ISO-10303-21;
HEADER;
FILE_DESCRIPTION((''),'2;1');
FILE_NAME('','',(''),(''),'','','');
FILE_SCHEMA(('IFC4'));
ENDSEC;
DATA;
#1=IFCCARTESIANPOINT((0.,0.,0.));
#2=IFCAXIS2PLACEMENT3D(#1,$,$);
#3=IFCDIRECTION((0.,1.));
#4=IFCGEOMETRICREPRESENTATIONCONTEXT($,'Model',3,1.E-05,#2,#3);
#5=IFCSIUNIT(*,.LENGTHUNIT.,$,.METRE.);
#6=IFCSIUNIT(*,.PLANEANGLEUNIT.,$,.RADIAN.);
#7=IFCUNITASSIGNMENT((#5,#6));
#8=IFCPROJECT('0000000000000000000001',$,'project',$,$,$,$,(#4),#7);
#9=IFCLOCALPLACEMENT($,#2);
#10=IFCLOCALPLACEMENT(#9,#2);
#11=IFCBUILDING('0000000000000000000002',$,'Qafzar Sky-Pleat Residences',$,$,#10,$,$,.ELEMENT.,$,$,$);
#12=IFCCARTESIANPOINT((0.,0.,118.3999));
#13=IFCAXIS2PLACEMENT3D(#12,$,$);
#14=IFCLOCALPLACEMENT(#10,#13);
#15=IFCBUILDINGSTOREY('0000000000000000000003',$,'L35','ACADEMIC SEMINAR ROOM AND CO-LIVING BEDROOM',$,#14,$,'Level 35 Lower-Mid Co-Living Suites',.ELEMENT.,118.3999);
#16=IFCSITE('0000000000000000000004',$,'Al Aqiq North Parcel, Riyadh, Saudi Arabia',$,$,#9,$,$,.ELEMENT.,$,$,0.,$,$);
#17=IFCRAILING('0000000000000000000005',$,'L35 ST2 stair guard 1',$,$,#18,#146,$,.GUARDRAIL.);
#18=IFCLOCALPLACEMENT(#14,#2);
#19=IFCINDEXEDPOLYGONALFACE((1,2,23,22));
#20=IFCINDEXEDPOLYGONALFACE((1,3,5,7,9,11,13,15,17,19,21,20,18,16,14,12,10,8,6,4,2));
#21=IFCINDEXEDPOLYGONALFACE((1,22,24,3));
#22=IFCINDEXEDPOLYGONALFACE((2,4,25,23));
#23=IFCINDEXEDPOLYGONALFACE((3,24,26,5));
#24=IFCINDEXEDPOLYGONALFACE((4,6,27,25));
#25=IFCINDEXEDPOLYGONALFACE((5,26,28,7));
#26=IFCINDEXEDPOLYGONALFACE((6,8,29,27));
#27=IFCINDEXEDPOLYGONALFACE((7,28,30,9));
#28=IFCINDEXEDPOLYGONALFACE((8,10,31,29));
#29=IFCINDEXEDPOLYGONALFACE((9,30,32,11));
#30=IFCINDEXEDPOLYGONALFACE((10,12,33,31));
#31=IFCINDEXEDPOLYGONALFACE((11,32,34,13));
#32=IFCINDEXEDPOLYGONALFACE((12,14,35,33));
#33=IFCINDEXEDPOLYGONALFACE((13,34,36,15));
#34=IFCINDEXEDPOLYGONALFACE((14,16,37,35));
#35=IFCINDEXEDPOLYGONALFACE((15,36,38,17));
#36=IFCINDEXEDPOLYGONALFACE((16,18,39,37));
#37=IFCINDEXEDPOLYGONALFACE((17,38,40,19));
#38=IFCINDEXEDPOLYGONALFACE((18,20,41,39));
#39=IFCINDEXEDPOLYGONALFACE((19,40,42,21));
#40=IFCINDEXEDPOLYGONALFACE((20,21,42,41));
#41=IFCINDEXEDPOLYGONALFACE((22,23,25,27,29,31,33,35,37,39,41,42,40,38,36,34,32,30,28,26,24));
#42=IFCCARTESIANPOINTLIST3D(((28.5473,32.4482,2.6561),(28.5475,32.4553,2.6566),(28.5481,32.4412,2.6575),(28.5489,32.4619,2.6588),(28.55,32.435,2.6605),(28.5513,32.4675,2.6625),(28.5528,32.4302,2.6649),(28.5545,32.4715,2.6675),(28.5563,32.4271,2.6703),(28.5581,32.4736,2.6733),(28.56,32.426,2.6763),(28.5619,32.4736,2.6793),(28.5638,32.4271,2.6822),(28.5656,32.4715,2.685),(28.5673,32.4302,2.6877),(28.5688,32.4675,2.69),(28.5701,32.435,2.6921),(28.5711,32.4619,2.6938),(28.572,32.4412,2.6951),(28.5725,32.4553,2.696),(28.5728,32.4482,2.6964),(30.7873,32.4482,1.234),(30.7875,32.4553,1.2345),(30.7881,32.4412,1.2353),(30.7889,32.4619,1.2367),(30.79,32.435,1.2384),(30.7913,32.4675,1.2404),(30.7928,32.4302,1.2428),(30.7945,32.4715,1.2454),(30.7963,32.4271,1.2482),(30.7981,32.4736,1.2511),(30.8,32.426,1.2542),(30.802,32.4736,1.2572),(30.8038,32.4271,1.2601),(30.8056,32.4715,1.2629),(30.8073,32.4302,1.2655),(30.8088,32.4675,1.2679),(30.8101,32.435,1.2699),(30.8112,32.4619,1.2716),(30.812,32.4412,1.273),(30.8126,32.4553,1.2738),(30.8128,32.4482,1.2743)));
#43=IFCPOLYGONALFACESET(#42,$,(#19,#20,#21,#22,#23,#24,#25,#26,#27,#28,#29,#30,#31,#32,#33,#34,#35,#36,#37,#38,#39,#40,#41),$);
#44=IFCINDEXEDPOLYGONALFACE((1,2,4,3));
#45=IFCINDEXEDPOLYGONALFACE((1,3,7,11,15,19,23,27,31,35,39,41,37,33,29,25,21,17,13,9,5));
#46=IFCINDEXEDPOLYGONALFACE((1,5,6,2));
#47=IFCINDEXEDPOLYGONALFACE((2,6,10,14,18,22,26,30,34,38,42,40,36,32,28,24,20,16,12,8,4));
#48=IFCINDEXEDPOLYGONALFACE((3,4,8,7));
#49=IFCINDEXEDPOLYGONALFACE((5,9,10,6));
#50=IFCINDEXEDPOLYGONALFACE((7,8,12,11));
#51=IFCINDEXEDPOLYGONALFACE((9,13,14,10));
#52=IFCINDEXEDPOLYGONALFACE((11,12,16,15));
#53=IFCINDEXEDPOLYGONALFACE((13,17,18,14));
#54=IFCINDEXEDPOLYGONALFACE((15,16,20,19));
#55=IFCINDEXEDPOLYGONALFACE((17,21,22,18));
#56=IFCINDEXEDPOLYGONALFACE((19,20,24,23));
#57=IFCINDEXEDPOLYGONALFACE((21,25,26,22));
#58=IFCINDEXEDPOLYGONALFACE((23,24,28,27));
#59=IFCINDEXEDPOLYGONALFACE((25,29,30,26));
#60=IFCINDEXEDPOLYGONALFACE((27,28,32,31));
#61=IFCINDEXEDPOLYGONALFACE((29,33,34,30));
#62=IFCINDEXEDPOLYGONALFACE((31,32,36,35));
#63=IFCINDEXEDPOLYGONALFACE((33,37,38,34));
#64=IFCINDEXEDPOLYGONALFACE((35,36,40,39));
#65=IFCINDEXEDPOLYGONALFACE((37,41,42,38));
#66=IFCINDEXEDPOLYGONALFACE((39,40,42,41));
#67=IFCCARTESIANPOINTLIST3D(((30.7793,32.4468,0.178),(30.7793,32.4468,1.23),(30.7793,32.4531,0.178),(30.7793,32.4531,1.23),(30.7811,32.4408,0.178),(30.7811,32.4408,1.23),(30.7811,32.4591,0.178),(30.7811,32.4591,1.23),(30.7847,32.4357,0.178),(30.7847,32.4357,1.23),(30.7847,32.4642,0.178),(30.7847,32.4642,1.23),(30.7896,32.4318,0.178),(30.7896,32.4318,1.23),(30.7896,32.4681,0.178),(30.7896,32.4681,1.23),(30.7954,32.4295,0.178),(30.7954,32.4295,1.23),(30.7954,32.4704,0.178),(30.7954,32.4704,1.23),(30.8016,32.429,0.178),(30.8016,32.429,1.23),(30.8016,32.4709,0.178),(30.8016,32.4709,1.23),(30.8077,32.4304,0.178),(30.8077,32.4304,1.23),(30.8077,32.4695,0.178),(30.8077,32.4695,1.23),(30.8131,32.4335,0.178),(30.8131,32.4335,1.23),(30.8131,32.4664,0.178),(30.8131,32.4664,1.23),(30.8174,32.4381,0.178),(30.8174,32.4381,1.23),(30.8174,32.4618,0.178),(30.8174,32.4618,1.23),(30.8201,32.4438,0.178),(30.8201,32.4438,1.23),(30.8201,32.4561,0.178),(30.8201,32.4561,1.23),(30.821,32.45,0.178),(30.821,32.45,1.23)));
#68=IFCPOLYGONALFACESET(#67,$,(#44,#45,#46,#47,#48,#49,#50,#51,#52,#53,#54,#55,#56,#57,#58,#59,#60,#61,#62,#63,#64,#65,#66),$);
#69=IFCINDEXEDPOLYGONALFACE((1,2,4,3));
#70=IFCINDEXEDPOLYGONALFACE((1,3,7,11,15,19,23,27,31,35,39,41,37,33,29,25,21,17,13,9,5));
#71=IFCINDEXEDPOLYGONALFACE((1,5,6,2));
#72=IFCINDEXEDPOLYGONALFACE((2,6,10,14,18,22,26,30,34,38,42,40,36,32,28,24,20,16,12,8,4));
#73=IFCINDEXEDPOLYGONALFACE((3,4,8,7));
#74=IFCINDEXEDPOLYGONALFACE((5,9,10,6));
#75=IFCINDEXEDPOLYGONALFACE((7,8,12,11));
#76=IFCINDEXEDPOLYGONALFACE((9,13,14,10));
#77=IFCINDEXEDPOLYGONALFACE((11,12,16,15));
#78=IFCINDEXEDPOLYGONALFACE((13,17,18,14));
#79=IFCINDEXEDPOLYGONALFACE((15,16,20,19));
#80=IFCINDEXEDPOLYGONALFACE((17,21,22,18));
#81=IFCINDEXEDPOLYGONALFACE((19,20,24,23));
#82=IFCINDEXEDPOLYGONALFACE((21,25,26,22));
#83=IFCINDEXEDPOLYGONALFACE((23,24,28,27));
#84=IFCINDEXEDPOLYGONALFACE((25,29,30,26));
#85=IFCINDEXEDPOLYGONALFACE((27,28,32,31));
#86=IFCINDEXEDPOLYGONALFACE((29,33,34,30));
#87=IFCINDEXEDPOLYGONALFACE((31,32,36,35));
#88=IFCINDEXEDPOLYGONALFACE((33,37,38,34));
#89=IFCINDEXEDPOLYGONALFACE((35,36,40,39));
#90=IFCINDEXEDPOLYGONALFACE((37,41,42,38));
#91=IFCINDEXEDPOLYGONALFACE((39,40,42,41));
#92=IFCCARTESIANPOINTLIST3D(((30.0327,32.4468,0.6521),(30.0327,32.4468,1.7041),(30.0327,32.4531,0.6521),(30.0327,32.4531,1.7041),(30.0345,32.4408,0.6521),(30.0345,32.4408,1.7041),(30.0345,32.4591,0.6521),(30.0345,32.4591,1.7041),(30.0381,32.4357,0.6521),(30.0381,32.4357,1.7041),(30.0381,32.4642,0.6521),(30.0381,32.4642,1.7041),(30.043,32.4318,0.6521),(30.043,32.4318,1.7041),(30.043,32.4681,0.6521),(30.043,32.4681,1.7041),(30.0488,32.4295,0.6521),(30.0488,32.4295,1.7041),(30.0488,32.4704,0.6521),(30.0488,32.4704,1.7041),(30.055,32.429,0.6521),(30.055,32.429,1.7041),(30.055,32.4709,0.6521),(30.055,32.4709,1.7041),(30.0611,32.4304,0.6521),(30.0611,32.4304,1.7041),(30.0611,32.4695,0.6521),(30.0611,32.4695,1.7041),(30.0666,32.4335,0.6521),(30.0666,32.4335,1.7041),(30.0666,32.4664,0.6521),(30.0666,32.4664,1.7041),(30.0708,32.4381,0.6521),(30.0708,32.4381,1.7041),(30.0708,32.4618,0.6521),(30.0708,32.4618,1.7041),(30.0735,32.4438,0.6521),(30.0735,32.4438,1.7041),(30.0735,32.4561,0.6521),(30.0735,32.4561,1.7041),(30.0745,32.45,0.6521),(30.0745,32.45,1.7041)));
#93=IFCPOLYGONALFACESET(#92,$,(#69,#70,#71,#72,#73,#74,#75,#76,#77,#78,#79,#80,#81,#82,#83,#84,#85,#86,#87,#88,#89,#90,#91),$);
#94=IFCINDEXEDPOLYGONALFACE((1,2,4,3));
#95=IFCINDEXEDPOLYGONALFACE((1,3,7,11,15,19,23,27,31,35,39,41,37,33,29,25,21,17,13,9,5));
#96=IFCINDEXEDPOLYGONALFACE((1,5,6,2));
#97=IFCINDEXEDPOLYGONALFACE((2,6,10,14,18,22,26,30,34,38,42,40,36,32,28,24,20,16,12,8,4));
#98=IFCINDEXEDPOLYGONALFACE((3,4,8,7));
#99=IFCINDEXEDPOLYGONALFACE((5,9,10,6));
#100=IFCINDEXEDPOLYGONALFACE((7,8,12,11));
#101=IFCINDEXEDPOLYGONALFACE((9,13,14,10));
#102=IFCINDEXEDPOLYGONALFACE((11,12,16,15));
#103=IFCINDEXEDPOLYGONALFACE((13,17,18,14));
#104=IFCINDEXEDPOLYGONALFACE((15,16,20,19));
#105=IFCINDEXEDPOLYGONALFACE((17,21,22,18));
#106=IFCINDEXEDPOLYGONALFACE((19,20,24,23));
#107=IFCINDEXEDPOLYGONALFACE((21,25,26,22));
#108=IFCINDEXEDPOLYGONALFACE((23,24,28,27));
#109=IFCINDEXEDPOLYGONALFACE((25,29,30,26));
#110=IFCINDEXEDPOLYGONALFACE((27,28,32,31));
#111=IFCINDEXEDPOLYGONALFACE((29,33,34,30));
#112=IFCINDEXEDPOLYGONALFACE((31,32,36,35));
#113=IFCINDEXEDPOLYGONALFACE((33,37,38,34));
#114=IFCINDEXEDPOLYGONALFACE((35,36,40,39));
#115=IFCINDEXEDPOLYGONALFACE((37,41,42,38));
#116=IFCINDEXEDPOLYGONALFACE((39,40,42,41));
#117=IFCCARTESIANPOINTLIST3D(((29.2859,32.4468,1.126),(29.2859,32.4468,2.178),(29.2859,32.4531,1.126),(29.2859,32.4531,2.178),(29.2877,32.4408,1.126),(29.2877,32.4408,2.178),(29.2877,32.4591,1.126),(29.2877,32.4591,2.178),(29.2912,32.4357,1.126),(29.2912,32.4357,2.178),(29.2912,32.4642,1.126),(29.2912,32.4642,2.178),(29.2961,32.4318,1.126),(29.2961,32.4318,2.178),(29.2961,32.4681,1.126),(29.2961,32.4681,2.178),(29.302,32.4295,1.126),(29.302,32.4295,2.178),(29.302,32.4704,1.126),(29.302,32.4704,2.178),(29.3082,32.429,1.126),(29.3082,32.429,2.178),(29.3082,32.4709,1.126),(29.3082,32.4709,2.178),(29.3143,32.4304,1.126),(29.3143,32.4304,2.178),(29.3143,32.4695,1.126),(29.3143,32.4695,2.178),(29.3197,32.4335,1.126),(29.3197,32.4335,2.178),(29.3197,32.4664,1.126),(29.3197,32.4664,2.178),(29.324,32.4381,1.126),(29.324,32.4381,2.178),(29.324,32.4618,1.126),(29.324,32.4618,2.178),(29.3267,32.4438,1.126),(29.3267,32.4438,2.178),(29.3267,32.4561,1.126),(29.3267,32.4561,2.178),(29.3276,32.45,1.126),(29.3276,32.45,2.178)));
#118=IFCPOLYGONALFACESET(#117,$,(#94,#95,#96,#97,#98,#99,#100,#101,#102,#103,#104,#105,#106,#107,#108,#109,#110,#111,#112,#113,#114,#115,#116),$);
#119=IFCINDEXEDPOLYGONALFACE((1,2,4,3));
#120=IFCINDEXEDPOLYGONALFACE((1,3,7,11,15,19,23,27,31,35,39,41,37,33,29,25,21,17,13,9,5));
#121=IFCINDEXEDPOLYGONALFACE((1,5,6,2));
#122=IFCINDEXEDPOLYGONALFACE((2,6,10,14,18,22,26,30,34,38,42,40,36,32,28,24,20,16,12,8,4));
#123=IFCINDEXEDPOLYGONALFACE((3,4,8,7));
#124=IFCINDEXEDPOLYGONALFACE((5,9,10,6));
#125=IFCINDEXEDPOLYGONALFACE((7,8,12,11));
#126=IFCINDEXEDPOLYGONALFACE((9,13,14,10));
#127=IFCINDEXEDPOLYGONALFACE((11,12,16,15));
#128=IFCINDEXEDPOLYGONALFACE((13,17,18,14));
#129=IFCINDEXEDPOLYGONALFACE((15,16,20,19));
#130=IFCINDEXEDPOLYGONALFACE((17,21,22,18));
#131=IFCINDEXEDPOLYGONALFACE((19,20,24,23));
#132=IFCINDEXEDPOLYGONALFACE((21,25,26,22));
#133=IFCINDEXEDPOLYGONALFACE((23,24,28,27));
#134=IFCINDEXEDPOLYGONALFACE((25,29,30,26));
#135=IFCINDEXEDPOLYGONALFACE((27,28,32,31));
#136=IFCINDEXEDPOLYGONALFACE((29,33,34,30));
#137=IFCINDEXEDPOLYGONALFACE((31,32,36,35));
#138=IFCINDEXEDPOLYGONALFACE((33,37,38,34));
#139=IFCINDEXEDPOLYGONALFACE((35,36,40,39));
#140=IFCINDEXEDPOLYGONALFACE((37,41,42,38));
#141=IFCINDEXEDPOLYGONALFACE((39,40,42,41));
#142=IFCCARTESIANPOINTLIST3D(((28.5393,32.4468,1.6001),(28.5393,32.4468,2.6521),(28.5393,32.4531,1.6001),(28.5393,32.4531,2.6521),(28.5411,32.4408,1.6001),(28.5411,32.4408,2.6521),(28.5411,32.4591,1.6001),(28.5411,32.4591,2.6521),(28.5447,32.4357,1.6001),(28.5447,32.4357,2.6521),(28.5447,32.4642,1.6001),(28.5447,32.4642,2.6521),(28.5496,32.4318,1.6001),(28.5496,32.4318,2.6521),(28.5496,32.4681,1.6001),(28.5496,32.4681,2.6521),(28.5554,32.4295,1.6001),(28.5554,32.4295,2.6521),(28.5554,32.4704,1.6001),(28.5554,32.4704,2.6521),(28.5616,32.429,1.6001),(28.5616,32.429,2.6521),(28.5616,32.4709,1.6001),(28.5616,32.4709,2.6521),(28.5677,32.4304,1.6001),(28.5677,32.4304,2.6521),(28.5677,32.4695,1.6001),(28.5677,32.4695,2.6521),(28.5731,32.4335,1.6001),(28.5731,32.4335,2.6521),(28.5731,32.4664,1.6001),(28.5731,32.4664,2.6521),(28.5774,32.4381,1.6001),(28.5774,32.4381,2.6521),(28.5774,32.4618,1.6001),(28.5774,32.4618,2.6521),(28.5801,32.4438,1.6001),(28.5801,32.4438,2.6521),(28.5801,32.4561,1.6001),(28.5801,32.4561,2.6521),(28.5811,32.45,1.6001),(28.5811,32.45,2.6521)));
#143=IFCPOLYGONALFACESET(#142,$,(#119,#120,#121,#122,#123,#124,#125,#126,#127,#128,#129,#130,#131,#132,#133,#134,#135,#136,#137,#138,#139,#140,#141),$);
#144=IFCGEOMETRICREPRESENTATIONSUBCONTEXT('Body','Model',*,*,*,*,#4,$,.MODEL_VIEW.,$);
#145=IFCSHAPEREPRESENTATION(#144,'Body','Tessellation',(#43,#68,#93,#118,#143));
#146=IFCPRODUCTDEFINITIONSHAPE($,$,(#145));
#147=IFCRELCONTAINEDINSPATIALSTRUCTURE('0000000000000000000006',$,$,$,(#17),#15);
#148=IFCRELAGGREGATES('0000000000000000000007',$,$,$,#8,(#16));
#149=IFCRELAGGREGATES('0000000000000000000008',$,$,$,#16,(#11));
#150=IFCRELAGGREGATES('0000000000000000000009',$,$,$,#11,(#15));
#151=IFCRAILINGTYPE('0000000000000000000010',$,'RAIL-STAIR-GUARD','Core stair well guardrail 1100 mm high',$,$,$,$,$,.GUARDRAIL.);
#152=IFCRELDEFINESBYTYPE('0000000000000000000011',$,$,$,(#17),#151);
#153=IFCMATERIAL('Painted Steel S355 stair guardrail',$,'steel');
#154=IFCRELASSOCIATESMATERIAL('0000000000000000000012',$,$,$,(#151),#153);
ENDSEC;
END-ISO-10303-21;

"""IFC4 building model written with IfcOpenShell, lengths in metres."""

from ifc_helpers import new_model, si_unit, direction, frame, origin, origin_2d, place, context, subcontext, project, spatial, circle, extrude, source, transform, mapped, material, type_object, element, save


model = new_model("IFC4")

# Units and contexts
model_context = context("Model", 3, precision=1e-05, world=origin(), true_north=direction((0.0, 1.0)))
body_context = subcontext(model_context, "Body", "Model", "MODEL_VIEW")
ifc_project = project(units=[si_unit("LENGTHUNIT", "METRE"), si_unit("PLANEANGLEUNIT", "RADIAN")], contexts=[model_context])

# Site, building, storey
site_placement = place(None, origin())
site = spatial("IfcSite", under=ifc_project, at=site_placement, Name="Al Aqiq North Parcel, Riyadh, Saudi Arabia", CompositionType="ELEMENT", RefElevation=0.0)
building_placement = place(site_placement, origin())
building = spatial("IfcBuilding", under=site, at=building_placement, Name="Qafzar Sky-Pleat Residences", CompositionType="ELEMENT")
storey_placement = place(building_placement, frame((0.0, 0.0, 118.3999)))
storey = spatial("IfcBuildingStorey", under=building, at=storey_placement, Name="L35", Description="ACADEMIC SEMINAR ROOM AND CO-LIVING BEDROOM", LongName="Level 35 Lower-Mid Co-Living Suites", CompositionType="ELEMENT", Elevation=118.3999)

# Railing
ifc_material_1 = material(Name="Painted Steel S355 stair guardrail", Category="steel")
railing_type_1 = type_object("IfcRailingType", Name="RAIL-STAIR-GUARD", Description="Core stair well guardrail 1100 mm high", PredefinedType="GUARDRAIL", material=ifc_material_1)
shared_shape_1 = source(origin(), body_context, "Body", "SweptSolid", [
    extrude(circle(Radius=0.0239, at=origin_2d()), frame((0.0, 0.0, 1.0762), z_axis=(-0.844229, 0.0, 0.535982), x_axis=(0.0, -1.0, 0.0)), (0.0, 0.0, 1.0), 2.6533),
    extrude(circle(Radius=0.021, at=origin_2d()), origin(), (0.0, 0.0, 1.0), 1.052),
    extrude(circle(Radius=0.021, at=origin_2d()), frame((-0.7466, 0.0, 0.4741)), (0.0, 0.0, 1.0), 1.052),
    extrude(circle(Radius=0.021, at=origin_2d()), frame((-1.4934, 0.0, 0.948)), (0.0, 0.0, 1.0), 1.052),
    extrude(circle(Radius=0.021, at=origin_2d()), frame((-2.24, 0.0, 1.4221)), (0.0, 0.0, 1.0), 1.052),
])
railing_1_placement = place(storey_placement, frame((30.8, 32.45, 0.178)))
element("IfcRailing", 1, at=railing_1_placement, inside=storey, type_object=railing_type_1, Name="L35 ST2 stair guard 1", PredefinedType="GUARDRAIL", context=body_context, shape_type="MappedRepresentation", body=[
    mapped(shared_shape_1, transform((0.0, 0.0, 0.0), x_axis=(1.0, 0.0, 0.0), y_axis=(0.0, 1.0, 0.0), z_axis=(0.0, 0.0, 1.0), scale=1.0)),
])

save(model, "model.ifc")
